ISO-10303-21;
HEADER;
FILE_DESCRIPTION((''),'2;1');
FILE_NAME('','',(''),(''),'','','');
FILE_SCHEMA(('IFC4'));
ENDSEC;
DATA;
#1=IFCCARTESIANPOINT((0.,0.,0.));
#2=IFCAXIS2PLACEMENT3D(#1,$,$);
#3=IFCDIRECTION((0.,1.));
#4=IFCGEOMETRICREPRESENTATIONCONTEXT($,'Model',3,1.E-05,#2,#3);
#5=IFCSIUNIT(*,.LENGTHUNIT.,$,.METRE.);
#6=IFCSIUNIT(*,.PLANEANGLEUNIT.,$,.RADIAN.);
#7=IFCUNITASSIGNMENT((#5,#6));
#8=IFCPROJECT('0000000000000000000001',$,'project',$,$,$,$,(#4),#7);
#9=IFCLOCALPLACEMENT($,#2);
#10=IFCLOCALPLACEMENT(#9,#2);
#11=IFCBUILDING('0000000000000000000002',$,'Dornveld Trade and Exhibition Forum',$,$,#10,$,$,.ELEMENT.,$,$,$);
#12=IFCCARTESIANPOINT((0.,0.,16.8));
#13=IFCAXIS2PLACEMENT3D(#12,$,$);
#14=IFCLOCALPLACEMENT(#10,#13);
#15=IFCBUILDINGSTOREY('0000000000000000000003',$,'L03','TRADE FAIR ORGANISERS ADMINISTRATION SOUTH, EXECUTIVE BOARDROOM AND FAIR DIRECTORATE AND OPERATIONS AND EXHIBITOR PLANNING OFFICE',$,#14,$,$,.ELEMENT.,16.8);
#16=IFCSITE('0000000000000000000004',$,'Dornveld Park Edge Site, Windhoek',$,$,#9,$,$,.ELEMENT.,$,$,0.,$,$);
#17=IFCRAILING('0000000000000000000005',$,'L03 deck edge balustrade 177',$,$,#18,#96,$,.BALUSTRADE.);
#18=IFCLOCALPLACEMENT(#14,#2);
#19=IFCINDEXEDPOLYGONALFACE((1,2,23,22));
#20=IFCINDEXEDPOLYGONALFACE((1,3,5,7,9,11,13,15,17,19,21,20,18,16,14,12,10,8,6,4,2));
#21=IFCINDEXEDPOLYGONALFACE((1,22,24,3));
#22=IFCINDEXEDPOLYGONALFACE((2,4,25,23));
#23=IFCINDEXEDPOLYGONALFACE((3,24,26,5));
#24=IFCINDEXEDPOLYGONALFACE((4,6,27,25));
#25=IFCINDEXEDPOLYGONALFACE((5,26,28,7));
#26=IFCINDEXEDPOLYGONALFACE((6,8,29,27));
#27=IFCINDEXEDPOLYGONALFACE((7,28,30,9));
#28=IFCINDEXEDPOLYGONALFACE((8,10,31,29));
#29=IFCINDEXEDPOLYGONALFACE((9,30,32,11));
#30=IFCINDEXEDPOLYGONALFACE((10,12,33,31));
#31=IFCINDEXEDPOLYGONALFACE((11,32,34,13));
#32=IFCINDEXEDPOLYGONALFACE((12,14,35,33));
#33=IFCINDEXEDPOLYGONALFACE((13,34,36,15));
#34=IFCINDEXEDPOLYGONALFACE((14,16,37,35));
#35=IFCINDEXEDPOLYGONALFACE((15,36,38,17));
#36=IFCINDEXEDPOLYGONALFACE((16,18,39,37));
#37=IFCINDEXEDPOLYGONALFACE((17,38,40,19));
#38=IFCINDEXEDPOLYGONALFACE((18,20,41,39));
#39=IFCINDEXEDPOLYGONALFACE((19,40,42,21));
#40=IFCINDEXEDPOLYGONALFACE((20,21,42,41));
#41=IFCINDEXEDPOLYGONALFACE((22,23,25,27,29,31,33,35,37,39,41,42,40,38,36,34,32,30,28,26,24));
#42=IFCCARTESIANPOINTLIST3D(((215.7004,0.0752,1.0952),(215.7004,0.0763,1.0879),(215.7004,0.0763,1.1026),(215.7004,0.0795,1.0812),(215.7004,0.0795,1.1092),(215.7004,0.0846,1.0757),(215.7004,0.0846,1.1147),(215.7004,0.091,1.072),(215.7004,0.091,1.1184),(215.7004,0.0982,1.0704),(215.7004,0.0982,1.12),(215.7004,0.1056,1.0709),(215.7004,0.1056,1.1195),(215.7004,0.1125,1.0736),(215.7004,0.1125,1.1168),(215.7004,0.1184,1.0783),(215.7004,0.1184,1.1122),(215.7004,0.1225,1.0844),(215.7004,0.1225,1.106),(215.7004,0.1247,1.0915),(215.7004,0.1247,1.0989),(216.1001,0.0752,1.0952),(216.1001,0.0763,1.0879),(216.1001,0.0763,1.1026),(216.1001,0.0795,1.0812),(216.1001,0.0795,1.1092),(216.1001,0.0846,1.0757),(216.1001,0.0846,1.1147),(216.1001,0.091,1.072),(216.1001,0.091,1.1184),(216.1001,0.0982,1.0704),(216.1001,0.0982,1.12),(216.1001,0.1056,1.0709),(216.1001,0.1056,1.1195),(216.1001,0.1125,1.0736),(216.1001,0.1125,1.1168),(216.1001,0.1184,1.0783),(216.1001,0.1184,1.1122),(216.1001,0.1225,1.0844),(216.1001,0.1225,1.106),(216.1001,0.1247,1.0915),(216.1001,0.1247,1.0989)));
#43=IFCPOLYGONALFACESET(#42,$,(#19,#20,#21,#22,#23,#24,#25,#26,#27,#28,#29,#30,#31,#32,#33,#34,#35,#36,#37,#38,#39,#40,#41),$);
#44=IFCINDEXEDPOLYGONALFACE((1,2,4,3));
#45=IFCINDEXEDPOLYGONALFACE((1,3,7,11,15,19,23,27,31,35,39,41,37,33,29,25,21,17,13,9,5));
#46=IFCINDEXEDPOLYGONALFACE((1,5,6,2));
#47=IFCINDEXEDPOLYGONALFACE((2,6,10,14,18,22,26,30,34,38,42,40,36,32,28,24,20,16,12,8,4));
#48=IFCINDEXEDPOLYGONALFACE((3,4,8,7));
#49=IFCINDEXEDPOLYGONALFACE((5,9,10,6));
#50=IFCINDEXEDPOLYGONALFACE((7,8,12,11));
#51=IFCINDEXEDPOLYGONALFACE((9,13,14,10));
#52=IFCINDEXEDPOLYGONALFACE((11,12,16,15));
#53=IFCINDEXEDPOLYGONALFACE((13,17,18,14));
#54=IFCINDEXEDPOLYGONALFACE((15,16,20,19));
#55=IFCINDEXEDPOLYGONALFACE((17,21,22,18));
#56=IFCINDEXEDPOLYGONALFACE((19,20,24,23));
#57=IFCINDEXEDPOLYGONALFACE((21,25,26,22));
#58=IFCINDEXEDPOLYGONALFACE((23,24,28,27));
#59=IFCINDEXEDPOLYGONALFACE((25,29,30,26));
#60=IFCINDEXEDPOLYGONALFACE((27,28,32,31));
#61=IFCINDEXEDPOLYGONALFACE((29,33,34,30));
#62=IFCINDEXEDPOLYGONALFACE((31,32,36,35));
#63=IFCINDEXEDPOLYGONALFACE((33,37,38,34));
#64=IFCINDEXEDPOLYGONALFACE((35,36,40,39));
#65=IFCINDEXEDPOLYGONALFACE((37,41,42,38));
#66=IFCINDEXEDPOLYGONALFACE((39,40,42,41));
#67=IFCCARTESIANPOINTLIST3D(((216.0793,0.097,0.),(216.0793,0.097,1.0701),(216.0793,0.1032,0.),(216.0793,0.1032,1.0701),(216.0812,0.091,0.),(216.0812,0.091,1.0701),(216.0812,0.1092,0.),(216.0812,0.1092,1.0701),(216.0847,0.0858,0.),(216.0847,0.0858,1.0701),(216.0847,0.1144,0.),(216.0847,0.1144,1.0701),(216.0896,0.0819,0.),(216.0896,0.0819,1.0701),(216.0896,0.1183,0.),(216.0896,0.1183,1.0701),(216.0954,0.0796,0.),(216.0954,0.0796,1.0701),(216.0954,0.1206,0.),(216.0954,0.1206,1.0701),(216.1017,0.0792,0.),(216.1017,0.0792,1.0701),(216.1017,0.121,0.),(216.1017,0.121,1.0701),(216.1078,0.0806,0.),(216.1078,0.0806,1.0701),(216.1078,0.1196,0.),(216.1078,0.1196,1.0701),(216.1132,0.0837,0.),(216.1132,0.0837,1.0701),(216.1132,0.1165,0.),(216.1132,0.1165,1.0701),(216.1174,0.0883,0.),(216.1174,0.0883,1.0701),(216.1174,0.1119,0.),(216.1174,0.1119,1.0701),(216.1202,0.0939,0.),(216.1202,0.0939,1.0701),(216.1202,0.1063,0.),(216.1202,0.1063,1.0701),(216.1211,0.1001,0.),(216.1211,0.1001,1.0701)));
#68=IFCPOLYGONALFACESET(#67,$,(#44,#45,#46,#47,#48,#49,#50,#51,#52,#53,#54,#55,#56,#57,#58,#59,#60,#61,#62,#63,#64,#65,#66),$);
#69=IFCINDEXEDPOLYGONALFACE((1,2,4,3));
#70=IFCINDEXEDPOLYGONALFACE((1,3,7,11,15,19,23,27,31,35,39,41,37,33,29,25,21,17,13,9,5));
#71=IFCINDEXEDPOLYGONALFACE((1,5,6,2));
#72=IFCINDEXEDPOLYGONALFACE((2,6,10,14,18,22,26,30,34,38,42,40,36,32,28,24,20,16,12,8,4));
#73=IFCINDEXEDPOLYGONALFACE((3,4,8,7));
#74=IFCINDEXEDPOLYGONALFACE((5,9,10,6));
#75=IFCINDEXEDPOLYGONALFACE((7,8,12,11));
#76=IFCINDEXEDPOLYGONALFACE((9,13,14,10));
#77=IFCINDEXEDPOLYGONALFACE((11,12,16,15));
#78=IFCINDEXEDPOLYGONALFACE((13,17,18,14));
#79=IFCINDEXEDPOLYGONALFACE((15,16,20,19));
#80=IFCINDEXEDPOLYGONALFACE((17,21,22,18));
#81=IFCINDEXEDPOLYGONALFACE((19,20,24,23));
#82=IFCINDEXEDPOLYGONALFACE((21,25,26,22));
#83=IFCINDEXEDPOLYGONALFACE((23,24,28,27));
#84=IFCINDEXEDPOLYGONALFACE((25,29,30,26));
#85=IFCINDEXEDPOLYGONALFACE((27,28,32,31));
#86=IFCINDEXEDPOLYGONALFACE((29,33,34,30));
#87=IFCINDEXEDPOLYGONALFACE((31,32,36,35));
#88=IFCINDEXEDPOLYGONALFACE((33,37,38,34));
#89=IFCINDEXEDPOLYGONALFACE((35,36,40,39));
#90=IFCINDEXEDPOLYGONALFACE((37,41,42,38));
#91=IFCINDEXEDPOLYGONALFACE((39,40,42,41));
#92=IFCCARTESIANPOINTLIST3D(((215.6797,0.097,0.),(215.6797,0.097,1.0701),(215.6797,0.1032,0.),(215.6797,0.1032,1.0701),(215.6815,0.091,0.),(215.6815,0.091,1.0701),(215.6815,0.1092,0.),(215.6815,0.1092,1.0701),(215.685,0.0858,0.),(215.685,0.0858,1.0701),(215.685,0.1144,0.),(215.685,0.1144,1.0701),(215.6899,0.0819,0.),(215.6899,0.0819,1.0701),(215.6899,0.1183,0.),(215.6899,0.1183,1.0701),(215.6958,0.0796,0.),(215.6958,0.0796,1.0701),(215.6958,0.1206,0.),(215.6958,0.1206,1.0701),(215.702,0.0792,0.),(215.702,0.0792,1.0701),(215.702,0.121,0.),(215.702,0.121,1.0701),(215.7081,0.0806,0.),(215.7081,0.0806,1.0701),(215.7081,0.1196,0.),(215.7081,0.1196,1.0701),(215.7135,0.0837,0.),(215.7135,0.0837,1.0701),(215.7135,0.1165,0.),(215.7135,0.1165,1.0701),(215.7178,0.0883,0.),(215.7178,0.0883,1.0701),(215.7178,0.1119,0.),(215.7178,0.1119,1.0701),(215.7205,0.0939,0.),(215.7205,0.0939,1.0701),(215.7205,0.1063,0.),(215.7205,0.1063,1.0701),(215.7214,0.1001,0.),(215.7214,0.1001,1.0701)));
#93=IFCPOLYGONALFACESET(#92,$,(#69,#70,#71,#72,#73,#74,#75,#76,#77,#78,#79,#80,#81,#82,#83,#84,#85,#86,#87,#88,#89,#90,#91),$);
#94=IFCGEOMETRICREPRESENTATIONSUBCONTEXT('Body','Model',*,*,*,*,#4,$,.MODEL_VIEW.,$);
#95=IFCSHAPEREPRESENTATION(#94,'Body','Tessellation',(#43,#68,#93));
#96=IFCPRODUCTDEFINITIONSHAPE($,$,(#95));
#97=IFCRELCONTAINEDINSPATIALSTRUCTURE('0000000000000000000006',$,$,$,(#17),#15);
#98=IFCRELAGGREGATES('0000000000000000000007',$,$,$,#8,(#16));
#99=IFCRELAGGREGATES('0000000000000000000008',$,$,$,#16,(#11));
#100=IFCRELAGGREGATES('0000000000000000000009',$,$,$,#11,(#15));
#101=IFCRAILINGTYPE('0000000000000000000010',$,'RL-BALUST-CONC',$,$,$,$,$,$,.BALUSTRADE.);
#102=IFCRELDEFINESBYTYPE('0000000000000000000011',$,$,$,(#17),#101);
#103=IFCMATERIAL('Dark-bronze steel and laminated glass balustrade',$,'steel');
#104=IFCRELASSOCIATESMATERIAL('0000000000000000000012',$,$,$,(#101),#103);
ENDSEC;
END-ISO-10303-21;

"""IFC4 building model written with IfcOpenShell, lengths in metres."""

from ifc_helpers import new_model, si_unit, direction, frame, origin, origin_2d, place, context, subcontext, project, spatial, circle, extrude, material, type_object, element, save


model = new_model("IFC4")

# Units and contexts
model_context = context("Model", 3, precision=1e-05, world=origin(), true_north=direction((0.0, 1.0)))
body_context = subcontext(model_context, "Body", "Model", "MODEL_VIEW")
ifc_project = project(units=[si_unit("LENGTHUNIT", "METRE"), si_unit("PLANEANGLEUNIT", "RADIAN")], contexts=[model_context])

# Site, building, storey
site_placement = place(None, origin())
site = spatial("IfcSite", under=ifc_project, at=site_placement, Name="Dornveld Park Edge Site, Windhoek", CompositionType="ELEMENT", RefElevation=0.0)
building_placement = place(site_placement, origin())
building = spatial("IfcBuilding", under=site, at=building_placement, Name="Dornveld Trade and Exhibition Forum", CompositionType="ELEMENT")
storey_placement = place(building_placement, frame((0.0, 0.0, 16.8)))
storey = spatial("IfcBuildingStorey", under=building, at=storey_placement, Name="L03", Description="TRADE FAIR ORGANISERS ADMINISTRATION SOUTH, EXECUTIVE BOARDROOM AND FAIR DIRECTORATE AND OPERATIONS AND EXHIBITOR PLANNING OFFICE", CompositionType="ELEMENT", Elevation=16.8)

# Railing
ifc_material_1 = material(Name="Dark-bronze steel and laminated glass balustrade", Category="steel")
railing_type = type_object("IfcRailingType", Name="RL-BALUST-CONC", PredefinedType="BALUSTRADE", material=ifc_material_1)
railing_1_placement = place(storey_placement, frame((216.1001, 0.1001, 0.0)))
element("IfcRailing", 1, at=railing_1_placement, inside=storey, type_object=railing_type, Name="L03 deck edge balustrade 177", PredefinedType="BALUSTRADE", context=body_context, shape_type="SweptSolid", body=[
    extrude(circle(Radius=0.0249, at=origin_2d()), frame((0.0, 0.0, 1.0952), z_axis=(-1.0, 0.0, 0.0), x_axis=(0.0, -1.0, 0.0)), (0.0, 0.0, 1.0), 0.3997),
    extrude(circle(Radius=0.021, at=origin_2d()), origin(), (0.0, 0.0, 1.0), 1.0701),
    extrude(circle(Radius=0.021, at=origin_2d()), frame((-0.3997, 0.0, 0.0)), (0.0, 0.0, 1.0), 1.0701),
])

save(model, "model.ifc")
